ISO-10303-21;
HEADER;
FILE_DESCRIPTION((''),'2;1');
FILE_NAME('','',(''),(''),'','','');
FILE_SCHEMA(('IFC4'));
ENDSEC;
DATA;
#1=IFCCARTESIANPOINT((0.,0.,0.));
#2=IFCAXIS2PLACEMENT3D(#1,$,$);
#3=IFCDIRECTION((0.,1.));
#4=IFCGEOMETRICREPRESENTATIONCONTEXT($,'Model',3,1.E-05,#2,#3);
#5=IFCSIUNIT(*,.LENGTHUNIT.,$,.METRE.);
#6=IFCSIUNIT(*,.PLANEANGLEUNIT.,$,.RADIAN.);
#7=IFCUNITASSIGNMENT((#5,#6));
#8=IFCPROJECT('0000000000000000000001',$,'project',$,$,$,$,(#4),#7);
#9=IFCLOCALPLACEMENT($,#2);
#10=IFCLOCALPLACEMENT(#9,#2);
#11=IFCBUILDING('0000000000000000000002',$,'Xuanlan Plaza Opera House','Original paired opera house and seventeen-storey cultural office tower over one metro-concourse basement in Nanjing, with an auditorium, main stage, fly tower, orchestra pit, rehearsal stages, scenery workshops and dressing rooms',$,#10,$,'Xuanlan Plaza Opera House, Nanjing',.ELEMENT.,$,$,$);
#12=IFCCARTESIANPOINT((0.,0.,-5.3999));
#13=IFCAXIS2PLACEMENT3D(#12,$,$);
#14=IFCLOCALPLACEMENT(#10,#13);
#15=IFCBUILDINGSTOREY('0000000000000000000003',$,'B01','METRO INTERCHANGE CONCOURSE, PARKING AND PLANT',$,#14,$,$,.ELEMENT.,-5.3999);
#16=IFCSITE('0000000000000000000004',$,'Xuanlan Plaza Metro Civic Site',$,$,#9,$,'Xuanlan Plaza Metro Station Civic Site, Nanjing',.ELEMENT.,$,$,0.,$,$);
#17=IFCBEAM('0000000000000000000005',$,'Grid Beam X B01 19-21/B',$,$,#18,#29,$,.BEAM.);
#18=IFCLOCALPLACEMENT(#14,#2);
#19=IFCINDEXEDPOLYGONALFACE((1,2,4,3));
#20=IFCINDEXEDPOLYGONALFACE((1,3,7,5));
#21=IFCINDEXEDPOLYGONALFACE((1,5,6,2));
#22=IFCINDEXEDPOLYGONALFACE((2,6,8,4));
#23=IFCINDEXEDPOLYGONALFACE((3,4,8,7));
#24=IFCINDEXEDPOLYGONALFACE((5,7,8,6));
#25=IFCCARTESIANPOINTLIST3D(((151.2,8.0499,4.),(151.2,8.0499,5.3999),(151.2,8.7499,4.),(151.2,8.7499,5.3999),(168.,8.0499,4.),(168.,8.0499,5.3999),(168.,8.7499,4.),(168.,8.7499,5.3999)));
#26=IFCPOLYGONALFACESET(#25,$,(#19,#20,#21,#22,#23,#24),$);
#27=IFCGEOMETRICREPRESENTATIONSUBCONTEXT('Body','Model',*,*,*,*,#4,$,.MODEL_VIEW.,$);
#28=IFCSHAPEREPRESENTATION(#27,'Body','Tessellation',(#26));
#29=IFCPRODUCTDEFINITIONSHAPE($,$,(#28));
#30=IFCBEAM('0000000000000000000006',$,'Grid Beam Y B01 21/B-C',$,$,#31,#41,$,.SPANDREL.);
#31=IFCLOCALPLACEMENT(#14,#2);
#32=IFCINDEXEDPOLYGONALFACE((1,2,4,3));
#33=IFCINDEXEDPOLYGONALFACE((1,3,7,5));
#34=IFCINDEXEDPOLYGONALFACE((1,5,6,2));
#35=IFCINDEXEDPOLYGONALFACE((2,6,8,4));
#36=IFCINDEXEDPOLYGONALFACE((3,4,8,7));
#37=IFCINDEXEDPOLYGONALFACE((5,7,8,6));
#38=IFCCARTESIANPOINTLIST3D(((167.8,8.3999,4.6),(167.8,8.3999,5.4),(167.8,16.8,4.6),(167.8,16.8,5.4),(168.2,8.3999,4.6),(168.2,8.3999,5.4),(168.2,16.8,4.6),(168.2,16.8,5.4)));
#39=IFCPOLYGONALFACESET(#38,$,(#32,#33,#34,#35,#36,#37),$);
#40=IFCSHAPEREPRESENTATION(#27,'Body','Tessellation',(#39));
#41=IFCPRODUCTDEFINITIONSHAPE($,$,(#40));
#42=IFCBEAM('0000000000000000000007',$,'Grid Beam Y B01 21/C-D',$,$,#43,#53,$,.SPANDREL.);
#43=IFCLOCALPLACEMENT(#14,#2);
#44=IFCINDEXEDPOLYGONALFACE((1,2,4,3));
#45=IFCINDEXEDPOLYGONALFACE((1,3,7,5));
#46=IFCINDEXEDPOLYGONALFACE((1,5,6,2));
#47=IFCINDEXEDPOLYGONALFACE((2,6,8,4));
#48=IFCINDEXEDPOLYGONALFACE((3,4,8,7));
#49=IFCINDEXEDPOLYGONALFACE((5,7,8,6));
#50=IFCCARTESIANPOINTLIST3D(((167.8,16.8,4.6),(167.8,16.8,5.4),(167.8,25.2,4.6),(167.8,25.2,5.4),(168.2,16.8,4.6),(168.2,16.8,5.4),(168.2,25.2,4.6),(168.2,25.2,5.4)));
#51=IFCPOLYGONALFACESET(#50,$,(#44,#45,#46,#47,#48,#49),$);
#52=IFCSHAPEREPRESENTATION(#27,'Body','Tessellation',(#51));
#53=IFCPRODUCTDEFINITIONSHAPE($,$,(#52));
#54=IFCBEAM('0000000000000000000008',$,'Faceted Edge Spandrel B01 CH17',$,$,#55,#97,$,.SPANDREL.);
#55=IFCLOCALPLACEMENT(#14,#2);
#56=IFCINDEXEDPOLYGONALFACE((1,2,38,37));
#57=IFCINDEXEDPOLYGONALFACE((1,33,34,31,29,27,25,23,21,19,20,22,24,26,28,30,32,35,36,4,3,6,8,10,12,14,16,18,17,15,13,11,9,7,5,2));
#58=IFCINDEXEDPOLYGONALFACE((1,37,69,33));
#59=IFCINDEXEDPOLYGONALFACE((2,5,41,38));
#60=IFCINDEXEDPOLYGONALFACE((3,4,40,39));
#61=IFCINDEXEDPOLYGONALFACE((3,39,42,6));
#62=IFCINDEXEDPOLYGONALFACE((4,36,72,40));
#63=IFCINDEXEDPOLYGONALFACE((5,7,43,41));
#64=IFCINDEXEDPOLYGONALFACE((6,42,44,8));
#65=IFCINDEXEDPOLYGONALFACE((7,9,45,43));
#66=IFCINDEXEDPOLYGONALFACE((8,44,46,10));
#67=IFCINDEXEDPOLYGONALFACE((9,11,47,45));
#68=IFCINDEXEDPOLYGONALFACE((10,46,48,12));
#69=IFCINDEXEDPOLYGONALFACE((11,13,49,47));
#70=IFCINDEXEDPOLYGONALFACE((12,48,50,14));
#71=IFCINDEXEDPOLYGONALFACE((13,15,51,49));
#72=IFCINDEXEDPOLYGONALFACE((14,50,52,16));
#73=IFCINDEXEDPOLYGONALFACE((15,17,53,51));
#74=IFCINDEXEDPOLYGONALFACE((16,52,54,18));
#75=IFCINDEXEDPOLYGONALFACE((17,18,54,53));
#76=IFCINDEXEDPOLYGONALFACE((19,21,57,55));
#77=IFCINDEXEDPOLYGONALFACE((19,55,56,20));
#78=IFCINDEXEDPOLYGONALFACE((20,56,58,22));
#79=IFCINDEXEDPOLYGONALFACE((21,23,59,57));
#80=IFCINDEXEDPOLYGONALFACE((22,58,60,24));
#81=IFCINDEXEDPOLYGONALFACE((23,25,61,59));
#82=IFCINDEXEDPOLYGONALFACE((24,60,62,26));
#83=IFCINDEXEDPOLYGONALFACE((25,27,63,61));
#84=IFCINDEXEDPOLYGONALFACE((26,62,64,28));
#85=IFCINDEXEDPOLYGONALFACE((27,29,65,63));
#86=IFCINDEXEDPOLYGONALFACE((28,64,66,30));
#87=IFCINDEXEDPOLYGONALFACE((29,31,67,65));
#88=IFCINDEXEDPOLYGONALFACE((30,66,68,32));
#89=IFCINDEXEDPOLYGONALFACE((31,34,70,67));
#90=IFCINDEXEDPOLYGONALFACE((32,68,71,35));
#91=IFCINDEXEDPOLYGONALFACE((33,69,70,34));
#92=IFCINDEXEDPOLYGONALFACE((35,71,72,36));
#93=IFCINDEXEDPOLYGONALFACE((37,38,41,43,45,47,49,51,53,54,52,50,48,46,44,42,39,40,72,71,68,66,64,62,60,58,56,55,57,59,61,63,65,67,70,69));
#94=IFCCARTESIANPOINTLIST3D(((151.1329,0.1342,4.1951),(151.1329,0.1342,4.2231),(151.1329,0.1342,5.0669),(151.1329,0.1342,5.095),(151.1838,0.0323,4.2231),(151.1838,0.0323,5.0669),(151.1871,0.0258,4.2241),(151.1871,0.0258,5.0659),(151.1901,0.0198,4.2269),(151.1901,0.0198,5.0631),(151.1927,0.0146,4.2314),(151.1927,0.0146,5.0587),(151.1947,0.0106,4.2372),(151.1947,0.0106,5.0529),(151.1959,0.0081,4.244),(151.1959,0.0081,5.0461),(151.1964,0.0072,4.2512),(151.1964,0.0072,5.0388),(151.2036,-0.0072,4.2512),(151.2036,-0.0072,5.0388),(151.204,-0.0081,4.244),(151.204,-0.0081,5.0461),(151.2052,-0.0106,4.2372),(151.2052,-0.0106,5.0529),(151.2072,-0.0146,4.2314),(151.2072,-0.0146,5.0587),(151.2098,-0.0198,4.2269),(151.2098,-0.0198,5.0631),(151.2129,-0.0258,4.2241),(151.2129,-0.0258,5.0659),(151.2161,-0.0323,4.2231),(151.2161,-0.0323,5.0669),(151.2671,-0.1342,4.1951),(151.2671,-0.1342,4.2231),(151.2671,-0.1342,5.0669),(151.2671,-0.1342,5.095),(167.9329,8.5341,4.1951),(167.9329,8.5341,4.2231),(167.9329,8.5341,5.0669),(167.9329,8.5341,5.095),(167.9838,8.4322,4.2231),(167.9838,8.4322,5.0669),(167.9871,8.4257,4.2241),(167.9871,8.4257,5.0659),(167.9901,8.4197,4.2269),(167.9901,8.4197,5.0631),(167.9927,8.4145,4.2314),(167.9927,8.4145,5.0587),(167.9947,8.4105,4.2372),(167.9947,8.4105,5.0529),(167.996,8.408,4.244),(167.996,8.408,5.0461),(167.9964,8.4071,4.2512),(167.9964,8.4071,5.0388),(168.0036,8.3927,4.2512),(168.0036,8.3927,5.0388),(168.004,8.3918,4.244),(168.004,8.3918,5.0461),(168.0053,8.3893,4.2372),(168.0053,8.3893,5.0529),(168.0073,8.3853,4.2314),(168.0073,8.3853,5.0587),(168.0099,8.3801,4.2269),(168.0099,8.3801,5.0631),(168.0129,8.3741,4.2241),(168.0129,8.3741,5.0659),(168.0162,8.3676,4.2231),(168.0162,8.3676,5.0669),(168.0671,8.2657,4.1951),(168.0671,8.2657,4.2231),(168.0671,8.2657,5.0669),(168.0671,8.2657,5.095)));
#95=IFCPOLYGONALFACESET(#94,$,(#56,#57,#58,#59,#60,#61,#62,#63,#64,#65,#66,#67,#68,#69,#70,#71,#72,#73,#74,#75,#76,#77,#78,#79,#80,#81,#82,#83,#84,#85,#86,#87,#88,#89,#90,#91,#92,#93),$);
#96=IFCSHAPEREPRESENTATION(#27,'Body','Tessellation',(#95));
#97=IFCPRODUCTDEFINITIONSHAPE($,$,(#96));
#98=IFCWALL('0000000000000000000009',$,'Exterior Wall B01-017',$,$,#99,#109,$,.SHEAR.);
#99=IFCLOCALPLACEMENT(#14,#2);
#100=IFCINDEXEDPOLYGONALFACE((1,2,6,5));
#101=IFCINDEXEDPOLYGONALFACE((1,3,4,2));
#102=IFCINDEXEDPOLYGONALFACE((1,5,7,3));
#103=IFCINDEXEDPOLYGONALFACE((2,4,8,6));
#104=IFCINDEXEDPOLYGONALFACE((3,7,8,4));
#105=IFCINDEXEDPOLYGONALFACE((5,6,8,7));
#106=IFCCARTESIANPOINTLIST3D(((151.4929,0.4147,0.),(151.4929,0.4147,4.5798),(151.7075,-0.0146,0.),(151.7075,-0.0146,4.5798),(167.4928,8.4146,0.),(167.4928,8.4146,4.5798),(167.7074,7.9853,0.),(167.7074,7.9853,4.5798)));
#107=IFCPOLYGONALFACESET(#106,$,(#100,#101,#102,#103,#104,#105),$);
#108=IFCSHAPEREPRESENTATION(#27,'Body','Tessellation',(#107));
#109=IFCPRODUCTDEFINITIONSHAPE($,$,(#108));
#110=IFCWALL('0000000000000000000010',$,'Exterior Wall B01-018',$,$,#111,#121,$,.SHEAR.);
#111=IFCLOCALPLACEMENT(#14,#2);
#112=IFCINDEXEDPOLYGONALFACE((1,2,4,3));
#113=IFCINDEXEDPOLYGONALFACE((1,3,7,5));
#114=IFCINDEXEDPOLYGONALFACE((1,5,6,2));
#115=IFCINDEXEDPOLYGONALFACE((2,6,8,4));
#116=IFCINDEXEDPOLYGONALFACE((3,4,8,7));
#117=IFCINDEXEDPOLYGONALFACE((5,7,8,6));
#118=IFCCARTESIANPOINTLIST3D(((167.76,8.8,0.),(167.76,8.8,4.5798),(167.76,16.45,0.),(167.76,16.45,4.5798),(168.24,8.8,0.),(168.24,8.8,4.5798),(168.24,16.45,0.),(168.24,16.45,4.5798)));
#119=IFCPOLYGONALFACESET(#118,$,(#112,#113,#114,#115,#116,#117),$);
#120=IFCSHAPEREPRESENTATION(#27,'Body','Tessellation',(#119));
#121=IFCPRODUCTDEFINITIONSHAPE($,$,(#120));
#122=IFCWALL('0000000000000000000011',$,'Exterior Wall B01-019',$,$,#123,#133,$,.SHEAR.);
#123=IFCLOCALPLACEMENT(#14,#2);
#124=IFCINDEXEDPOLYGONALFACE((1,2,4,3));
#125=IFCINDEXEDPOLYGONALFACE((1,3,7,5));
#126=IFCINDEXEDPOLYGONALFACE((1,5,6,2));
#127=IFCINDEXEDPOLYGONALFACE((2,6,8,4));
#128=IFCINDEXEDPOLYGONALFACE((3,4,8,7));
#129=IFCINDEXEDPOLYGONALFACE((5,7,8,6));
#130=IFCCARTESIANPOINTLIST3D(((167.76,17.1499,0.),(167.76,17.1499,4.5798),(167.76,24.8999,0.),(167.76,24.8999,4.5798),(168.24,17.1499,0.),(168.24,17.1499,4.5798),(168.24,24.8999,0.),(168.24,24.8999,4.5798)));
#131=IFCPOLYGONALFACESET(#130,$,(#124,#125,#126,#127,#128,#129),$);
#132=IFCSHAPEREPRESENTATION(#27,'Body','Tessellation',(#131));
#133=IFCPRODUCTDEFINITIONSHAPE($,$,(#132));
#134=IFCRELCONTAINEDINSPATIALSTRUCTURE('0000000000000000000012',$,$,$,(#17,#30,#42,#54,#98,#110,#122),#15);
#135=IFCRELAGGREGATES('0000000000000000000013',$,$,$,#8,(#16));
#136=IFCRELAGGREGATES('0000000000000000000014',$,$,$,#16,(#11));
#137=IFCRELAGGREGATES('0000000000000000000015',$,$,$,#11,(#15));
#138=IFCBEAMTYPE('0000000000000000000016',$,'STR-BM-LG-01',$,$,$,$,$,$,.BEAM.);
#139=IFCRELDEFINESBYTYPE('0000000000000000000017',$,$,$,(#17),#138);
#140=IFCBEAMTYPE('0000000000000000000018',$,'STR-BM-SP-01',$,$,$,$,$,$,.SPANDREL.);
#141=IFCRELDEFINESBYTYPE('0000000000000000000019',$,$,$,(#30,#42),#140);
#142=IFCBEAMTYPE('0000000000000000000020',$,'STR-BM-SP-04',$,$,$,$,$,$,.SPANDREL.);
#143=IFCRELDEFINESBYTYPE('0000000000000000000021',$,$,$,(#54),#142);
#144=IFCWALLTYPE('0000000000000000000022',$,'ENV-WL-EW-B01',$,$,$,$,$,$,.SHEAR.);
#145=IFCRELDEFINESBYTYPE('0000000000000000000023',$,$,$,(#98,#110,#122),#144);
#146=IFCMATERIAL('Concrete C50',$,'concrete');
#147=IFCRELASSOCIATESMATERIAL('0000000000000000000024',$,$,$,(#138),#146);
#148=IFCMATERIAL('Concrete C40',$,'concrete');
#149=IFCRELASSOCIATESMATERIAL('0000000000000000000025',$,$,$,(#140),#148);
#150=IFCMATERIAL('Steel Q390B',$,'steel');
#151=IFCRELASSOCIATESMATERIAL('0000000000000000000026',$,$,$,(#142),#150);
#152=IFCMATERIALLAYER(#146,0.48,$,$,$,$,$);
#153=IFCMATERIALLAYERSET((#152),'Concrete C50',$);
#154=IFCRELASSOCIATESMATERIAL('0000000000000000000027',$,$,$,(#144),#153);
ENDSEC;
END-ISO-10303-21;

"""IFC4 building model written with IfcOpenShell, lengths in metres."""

from ifc_helpers import new_model, si_unit, direction, frame, frame_2d, origin, origin_2d, place, context, subcontext, project, spatial, rectangle, i_section, extrude, material, layer, layer_set, material_profile, profile_set, type_object, element, save


model = new_model("IFC4")

# Units and contexts
model_context = context("Model", 3, precision=1e-05, world=origin(), true_north=direction((0.0, 1.0)))
body_context = subcontext(model_context, "Body", "Model", "MODEL_VIEW")
ifc_project = project(units=[si_unit("LENGTHUNIT", "METRE"), si_unit("PLANEANGLEUNIT", "RADIAN")], contexts=[model_context])

# Site, building, storey
site_placement = place(None, origin())
site = spatial("IfcSite", under=ifc_project, at=site_placement, Name="Xuanlan Plaza Metro Civic Site", LongName="Xuanlan Plaza Metro Station Civic Site, Nanjing", CompositionType="ELEMENT", RefElevation=0.0)
building_placement = place(site_placement, origin())
building = spatial("IfcBuilding", under=site, at=building_placement, Name="Xuanlan Plaza Opera House", Description="Original paired opera house and seventeen-storey cultural office tower over one metro-concourse basement in Nanjing, with an auditorium, main stage, fly tower, orchestra pit, rehearsal stages, scenery workshops and dressing rooms", LongName="Xuanlan Plaza Opera House, Nanjing", CompositionType="ELEMENT")
storey_placement = place(building_placement, frame((0.0, 0.0, -5.3999)))
storey = spatial("IfcBuildingStorey", under=building, at=storey_placement, Name="B01", Description="METRO INTERCHANGE CONCOURSE, PARKING AND PLANT", CompositionType="ELEMENT", Elevation=-5.3999)

# Shared definitions
ifc_material_1 = material(Name="Concrete C40", Category="concrete")
ifc_material_2 = material(Name="Concrete C50", Category="concrete")

# Beams
ifc_material_profile_1 = material_profile(ifc_material_2, rectangle(XDim=0.7, YDim=1.3999, at=origin_2d()), Name="RC-LG 700x1400")
ifc_profile_set_1 = profile_set([ifc_material_profile_1], Name="Concrete C50")
beam_type_1 = type_object("IfcBeamType", Name="STR-BM-LG-01", PredefinedType="BEAM", material=ifc_profile_set_1)
beam_1_placement = place(storey_placement, frame((151.2, 8.3999, 4.7), z_axis=(1.0, 0.0, 0.0), x_axis=(0.0, 1.0, 0.0)))
element("IfcBeam", 1, at=beam_1_placement, inside=storey, type_object=beam_type_1, Name="Grid Beam X B01 19-21/B", PredefinedType="BEAM", context=body_context, shape_type="SweptSolid", body=[
    extrude(rectangle(XDim=0.7, YDim=1.3999, at=origin_2d()), origin(), (0.0, 0.0, 1.0), 16.8),
])
ifc_material_profile_2 = material_profile(ifc_material_1, rectangle(XDim=0.3999, YDim=0.8, at=origin_2d()), Name="RC-SPD 400x800")
ifc_profile_set_2 = profile_set([ifc_material_profile_2], Name="Concrete C40")
beam_type_2 = type_object("IfcBeamType", Name="STR-BM-SP-01", PredefinedType="SPANDREL", material=ifc_profile_set_2)
beam_2_placement = place(storey_placement, frame((168.0, 8.3999, 5.0), z_axis=(0.0, 1.0, 0.0), x_axis=(-1.0, 0.0, 0.0)))
element("IfcBeam", 2, at=beam_2_placement, inside=storey, type_object=beam_type_2, Name="Grid Beam Y B01 21/B-C", PredefinedType="SPANDREL", context=body_context, shape_type="SweptSolid", body=[
    extrude(rectangle(XDim=0.3999, YDim=0.8, at=origin_2d()), origin(), (0.0, 0.0, 1.0), 8.4001),
])
beam_3_placement = place(storey_placement, frame((168.0, 16.8, 5.0), z_axis=(0.0, 1.0, 0.0), x_axis=(-1.0, 0.0, 0.0)))
element("IfcBeam", 3, at=beam_3_placement, inside=storey, type_object=beam_type_2, Name="Grid Beam Y B01 21/C-D", PredefinedType="SPANDREL", context=body_context, shape_type="SweptSolid", body=[
    extrude(rectangle(XDim=0.3999, YDim=0.8, at=origin_2d()), origin(), (0.0, 0.0, 1.0), 8.3999),
])
ifc_material_3 = material(Name="Steel Q390B", Category="steel")
ifc_material_profile_3 = material_profile(ifc_material_3, i_section(OverallWidth=0.3, OverallDepth=0.8999, WebThickness=0.0161, FlangeThickness=0.0281, FilletRadius=0.0281, at=origin_2d()), Name="HN 900x300x16x28")
ifc_profile_set_3 = profile_set([ifc_material_profile_3], Name="Steel Q390B")
beam_type_3 = type_object("IfcBeamType", Name="STR-BM-SP-04", PredefinedType="SPANDREL", material=ifc_profile_set_3)
beam_4_placement = place(storey_placement, frame((168.0, 8.3999, 4.645), z_axis=(-0.89443, -0.447208, 0.0), x_axis=(0.447208, -0.89443, 0.0)))
element("IfcBeam", 4, at=beam_4_placement, inside=storey, type_object=beam_type_3, Name="Faceted Edge Spandrel B01 CH17", PredefinedType="SPANDREL", context=body_context, shape_type="SweptSolid", body=[
    extrude(i_section(OverallWidth=0.3, OverallDepth=0.8999, WebThickness=0.0161, FlangeThickness=0.0281, FilletRadius=0.0281, at=origin_2d()), origin(), (0.0, 0.0, 1.0), 18.783),
])

# Walls
ifc_layer = layer(ifc_material_2, 0.48)
ifc_layer_set = layer_set([ifc_layer], Name="Concrete C50")
wall_type = type_object("IfcWallType", Name="ENV-WL-EW-B01", PredefinedType="SHEAR", material=ifc_layer_set)
wall_1_placement = place(storey_placement, frame((151.6001, 0.2, 0.0), z_axis=(0.0, 0.0, 1.0), x_axis=(0.894427, 0.447214, 0.0)))
element("IfcWall", 5, at=wall_1_placement, inside=storey, type_object=wall_type, Name="Exterior Wall B01-017", PredefinedType="SHEAR", context=body_context, shape_type="SweptSolid", body=[
    extrude(rectangle(XDim=17.8884, YDim=0.48, at=frame_2d((8.9443, 0.0))), origin(), (0.0, 0.0, 1.0), 4.5798),
])
wall_2_placement = place(storey_placement, frame((168.0, 8.8, 0.0), z_axis=(0.0, 0.0, 1.0), x_axis=(0.0, 1.0, 0.0)))
element("IfcWall", 6, at=wall_2_placement, inside=storey, type_object=wall_type, Name="Exterior Wall B01-018", PredefinedType="SHEAR", context=body_context, shape_type="SweptSolid", body=[
    extrude(rectangle(XDim=7.6499, YDim=0.48, at=frame_2d((3.825, 0.0))), origin(), (0.0, 0.0, 1.0), 4.5798),
])
wall_3_placement = place(storey_placement, frame((168.0, 17.1499, 0.0), z_axis=(0.0, 0.0, 1.0), x_axis=(0.0, 1.0, 0.0)))
element("IfcWall", 7, at=wall_3_placement, inside=storey, type_object=wall_type, Name="Exterior Wall B01-019", PredefinedType="SHEAR", context=body_context, shape_type="SweptSolid", body=[
    extrude(rectangle(XDim=7.75, YDim=0.48, at=frame_2d((3.875, 0.0))), origin(), (0.0, 0.0, 1.0), 4.5798),
])

save(model, "model.ifc")
